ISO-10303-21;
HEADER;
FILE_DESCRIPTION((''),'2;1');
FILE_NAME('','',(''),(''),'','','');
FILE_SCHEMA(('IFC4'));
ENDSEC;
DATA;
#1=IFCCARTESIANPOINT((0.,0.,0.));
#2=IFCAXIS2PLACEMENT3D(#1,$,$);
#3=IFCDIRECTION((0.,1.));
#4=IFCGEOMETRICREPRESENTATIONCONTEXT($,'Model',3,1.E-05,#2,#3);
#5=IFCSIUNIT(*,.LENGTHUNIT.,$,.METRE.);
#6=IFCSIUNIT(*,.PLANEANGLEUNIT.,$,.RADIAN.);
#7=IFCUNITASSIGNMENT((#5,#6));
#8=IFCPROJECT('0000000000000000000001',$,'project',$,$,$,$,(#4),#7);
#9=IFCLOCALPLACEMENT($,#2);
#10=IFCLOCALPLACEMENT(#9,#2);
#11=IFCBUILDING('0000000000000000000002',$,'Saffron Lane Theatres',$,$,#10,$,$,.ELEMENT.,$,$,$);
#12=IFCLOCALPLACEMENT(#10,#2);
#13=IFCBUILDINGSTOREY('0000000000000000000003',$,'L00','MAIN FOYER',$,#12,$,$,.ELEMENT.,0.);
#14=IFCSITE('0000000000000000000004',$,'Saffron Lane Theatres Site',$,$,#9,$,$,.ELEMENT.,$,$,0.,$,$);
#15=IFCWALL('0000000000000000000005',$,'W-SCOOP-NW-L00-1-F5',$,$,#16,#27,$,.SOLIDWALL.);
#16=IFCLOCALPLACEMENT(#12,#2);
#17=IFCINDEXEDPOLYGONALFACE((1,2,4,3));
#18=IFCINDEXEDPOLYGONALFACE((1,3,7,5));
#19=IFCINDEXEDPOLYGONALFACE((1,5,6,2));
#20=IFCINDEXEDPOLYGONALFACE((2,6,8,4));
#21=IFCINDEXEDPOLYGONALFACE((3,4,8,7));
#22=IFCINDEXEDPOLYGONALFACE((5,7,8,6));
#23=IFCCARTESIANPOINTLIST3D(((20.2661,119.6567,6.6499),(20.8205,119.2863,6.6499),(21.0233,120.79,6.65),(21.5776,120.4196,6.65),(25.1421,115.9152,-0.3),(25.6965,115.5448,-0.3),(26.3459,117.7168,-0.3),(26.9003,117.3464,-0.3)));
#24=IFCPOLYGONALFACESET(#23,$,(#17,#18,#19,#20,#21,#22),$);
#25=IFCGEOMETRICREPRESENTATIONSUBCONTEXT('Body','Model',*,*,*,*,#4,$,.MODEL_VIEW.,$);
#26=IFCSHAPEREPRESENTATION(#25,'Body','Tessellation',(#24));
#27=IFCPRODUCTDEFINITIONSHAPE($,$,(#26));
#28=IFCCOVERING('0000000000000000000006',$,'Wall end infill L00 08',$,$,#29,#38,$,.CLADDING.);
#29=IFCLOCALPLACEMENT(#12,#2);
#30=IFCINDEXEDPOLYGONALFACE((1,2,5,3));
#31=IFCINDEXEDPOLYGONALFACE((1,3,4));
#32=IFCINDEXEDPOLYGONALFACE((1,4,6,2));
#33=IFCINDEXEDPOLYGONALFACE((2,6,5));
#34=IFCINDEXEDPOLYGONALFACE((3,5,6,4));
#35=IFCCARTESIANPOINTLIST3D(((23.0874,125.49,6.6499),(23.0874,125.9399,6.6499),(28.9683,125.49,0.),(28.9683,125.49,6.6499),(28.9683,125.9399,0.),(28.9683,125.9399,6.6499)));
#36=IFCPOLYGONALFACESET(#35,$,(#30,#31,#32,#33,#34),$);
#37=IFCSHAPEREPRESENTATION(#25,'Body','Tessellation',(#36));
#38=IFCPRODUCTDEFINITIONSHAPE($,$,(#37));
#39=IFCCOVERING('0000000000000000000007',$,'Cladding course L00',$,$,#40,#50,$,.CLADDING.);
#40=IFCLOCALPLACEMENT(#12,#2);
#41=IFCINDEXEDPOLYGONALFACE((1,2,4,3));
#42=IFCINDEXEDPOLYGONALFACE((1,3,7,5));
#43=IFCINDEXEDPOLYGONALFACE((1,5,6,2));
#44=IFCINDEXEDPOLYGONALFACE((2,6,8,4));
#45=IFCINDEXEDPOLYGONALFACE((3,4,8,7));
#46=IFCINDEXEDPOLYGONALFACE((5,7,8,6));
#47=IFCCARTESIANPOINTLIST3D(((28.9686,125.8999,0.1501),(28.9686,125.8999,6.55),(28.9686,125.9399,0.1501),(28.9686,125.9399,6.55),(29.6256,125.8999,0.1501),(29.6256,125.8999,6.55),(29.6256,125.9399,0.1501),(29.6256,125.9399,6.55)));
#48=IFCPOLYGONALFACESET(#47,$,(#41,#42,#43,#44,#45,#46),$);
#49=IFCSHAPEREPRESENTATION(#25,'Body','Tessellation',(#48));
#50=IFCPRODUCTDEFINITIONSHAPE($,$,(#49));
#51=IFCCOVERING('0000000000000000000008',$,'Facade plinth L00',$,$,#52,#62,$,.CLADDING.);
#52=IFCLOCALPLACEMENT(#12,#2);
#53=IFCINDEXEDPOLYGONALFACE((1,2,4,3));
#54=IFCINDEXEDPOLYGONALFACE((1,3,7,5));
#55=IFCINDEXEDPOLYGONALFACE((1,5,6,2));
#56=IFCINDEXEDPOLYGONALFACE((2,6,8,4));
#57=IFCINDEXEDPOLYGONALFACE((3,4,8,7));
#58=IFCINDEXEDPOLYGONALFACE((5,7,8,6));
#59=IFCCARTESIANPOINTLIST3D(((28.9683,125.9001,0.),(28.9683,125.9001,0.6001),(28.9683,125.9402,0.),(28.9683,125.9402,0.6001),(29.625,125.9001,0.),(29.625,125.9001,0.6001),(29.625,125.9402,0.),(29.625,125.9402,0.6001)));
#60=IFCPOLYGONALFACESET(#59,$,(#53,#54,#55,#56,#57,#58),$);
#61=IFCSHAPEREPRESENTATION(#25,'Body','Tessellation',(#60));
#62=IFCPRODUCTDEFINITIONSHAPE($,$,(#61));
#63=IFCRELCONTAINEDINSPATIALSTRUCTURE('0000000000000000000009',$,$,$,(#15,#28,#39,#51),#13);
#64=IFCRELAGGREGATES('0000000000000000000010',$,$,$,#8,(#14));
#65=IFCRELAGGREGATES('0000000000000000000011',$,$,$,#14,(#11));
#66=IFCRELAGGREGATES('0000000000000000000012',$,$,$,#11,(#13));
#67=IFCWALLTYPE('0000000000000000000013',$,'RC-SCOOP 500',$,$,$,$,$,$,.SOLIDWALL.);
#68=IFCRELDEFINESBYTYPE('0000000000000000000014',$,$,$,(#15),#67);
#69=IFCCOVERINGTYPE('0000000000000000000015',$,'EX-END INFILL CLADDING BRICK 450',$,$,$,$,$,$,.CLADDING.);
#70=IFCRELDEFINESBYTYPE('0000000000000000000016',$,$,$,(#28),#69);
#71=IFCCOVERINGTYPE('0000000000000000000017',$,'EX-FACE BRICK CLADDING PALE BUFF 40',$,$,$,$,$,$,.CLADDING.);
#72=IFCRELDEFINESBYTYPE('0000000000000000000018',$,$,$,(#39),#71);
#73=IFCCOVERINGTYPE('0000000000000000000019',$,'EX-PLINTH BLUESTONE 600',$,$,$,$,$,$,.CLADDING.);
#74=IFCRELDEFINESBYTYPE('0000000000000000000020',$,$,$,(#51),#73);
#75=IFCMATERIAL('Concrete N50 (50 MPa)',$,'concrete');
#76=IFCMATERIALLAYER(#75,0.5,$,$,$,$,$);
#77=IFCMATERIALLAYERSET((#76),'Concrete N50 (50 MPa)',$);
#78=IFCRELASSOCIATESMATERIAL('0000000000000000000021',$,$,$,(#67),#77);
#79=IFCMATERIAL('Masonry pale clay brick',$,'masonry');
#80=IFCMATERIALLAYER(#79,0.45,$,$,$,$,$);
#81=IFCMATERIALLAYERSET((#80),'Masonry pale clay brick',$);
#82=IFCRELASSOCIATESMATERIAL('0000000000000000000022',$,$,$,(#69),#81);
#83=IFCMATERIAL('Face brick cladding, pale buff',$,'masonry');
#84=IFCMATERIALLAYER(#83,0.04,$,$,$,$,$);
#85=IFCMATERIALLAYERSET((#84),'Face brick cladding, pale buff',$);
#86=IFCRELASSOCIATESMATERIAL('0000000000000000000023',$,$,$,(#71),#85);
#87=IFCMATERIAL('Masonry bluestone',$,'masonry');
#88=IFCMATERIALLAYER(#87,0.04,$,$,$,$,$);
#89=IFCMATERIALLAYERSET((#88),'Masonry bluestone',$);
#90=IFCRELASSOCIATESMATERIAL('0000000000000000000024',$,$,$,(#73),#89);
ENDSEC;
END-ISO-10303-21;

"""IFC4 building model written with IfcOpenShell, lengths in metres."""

from ifc_helpers import new_model, si_unit, direction, frame, origin, origin_2d, place, context, subcontext, project, spatial, polyline, rectangle, outline, extrude, material, layer, layer_set, type_object, element, save


model = new_model("IFC4")

# Units and contexts
model_context = context("Model", 3, precision=1e-05, world=origin(), true_north=direction((0.0, 1.0)))
body_context = subcontext(model_context, "Body", "Model", "MODEL_VIEW")
ifc_project = project(units=[si_unit("LENGTHUNIT", "METRE"), si_unit("PLANEANGLEUNIT", "RADIAN")], contexts=[model_context])

# Site, building, storey
site_placement = place(None, origin())
site = spatial("IfcSite", under=ifc_project, at=site_placement, Name="Saffron Lane Theatres Site", CompositionType="ELEMENT", RefElevation=0.0)
building_placement = place(site_placement, origin())
building = spatial("IfcBuilding", under=site, at=building_placement, Name="Saffron Lane Theatres", CompositionType="ELEMENT")
storey_placement = place(building_placement, origin())
storey = spatial("IfcBuildingStorey", under=building, at=storey_placement, Name="L00", Description="MAIN FOYER", CompositionType="ELEMENT", Elevation=0.0)

# Wall
ifc_material_1 = material(Name="Concrete N50 (50 MPa)", Category="concrete")
ifc_layer_1 = layer(ifc_material_1, 0.5)
ifc_layer_set_1 = layer_set([ifc_layer_1], Name="Concrete N50 (50 MPa)")
wall_type_1 = type_object("IfcWallType", Name="RC-SCOOP 500", PredefinedType="SOLIDWALL", material=ifc_layer_set_1)
wall_1_placement = place(storey_placement, frame((26.3459, 117.7168, -0.3), z_axis=(0.623441, -0.416561, 0.661663), x_axis=(-0.555583, -0.831461, 0.000029)))
element("IfcWall", 1, at=wall_1_placement, inside=storey, type_object=wall_type_1, Name="W-SCOOP-NW-L00-1-F5", PredefinedType="SOLIDWALL", context=body_context, shape_type="SweptSolid", body=[
    extrude(outline(polyline([(0.0, 0.0), (2.1667, 0.0), (1.7651, -9.269), (0.4021, -9.2691), (0.0, 0.0)])), origin(), (-0.000016, 0.661663, 0.749802), 0.6667),
])

# Coverings
ifc_material_2 = material(Name="Masonry pale clay brick", Category="masonry")
ifc_layer_2 = layer(ifc_material_2, 0.45)
ifc_layer_set_2 = layer_set([ifc_layer_2], Name="Masonry pale clay brick")
covering_type_1 = type_object("IfcCoveringType", Name="EX-END INFILL CLADDING BRICK 450", PredefinedType="CLADDING", material=ifc_layer_set_2)
covering_1_placement = place(storey_placement, frame((28.9683, 125.9399, 6.6499), z_axis=(0.0, 1.0, 0.0), x_axis=(0.0, 0.0, -1.0)))
element("IfcCovering", 2, at=covering_1_placement, inside=storey, type_object=covering_type_1, Name="Wall end infill L00 08", PredefinedType="CLADDING", context=body_context, shape_type="SweptSolid", body=[
    extrude(outline(polyline([(0.0, 0.0), (6.6499, 0.0), (0.0, 5.8809), (0.0, 0.0)])), origin(), (0.0, 0.0, -1.0), 0.45),
])
ifc_material_3 = material(Name="Face brick cladding, pale buff", Category="masonry")
ifc_layer_3 = layer(ifc_material_3, 0.04)
ifc_layer_set_3 = layer_set([ifc_layer_3], Name="Face brick cladding, pale buff")
covering_type_2 = type_object("IfcCoveringType", Name="EX-FACE BRICK CLADDING PALE BUFF 40", PredefinedType="CLADDING", material=ifc_layer_set_3)
covering_2_placement = place(storey_placement, frame((29.2971, 125.9199, 0.1501), z_axis=(0.0, 0.0, 1.0), x_axis=(1.0, 0.0, 0.0)))
element("IfcCovering", 3, at=covering_2_placement, inside=storey, type_object=covering_type_2, Name="Cladding course L00", PredefinedType="CLADDING", context=body_context, shape_type="SweptSolid", body=[
    extrude(rectangle(XDim=0.657, YDim=0.04, at=origin_2d()), origin(), (0.0, 0.0, 1.0), 6.3999),
])
ifc_material_4 = material(Name="Masonry bluestone", Category="masonry")
ifc_layer_4 = layer(ifc_material_4, 0.04)
ifc_layer_set_4 = layer_set([ifc_layer_4], Name="Masonry bluestone")
covering_type_3 = type_object("IfcCoveringType", Name="EX-PLINTH BLUESTONE 600", PredefinedType="CLADDING", material=ifc_layer_set_4)
covering_3_placement = place(storey_placement, frame((29.2966, 125.9202, 0.0), z_axis=(0.0, 0.0, 1.0), x_axis=(1.0, 0.0, 0.0)))
element("IfcCovering", 4, at=covering_3_placement, inside=storey, type_object=covering_type_3, Name="Facade plinth L00", PredefinedType="CLADDING", context=body_context, shape_type="SweptSolid", body=[
    extrude(rectangle(XDim=0.6567, YDim=0.04, at=origin_2d()), origin(), (0.0, 0.0, 1.0), 0.6001),
])

save(model, "model.ifc")
